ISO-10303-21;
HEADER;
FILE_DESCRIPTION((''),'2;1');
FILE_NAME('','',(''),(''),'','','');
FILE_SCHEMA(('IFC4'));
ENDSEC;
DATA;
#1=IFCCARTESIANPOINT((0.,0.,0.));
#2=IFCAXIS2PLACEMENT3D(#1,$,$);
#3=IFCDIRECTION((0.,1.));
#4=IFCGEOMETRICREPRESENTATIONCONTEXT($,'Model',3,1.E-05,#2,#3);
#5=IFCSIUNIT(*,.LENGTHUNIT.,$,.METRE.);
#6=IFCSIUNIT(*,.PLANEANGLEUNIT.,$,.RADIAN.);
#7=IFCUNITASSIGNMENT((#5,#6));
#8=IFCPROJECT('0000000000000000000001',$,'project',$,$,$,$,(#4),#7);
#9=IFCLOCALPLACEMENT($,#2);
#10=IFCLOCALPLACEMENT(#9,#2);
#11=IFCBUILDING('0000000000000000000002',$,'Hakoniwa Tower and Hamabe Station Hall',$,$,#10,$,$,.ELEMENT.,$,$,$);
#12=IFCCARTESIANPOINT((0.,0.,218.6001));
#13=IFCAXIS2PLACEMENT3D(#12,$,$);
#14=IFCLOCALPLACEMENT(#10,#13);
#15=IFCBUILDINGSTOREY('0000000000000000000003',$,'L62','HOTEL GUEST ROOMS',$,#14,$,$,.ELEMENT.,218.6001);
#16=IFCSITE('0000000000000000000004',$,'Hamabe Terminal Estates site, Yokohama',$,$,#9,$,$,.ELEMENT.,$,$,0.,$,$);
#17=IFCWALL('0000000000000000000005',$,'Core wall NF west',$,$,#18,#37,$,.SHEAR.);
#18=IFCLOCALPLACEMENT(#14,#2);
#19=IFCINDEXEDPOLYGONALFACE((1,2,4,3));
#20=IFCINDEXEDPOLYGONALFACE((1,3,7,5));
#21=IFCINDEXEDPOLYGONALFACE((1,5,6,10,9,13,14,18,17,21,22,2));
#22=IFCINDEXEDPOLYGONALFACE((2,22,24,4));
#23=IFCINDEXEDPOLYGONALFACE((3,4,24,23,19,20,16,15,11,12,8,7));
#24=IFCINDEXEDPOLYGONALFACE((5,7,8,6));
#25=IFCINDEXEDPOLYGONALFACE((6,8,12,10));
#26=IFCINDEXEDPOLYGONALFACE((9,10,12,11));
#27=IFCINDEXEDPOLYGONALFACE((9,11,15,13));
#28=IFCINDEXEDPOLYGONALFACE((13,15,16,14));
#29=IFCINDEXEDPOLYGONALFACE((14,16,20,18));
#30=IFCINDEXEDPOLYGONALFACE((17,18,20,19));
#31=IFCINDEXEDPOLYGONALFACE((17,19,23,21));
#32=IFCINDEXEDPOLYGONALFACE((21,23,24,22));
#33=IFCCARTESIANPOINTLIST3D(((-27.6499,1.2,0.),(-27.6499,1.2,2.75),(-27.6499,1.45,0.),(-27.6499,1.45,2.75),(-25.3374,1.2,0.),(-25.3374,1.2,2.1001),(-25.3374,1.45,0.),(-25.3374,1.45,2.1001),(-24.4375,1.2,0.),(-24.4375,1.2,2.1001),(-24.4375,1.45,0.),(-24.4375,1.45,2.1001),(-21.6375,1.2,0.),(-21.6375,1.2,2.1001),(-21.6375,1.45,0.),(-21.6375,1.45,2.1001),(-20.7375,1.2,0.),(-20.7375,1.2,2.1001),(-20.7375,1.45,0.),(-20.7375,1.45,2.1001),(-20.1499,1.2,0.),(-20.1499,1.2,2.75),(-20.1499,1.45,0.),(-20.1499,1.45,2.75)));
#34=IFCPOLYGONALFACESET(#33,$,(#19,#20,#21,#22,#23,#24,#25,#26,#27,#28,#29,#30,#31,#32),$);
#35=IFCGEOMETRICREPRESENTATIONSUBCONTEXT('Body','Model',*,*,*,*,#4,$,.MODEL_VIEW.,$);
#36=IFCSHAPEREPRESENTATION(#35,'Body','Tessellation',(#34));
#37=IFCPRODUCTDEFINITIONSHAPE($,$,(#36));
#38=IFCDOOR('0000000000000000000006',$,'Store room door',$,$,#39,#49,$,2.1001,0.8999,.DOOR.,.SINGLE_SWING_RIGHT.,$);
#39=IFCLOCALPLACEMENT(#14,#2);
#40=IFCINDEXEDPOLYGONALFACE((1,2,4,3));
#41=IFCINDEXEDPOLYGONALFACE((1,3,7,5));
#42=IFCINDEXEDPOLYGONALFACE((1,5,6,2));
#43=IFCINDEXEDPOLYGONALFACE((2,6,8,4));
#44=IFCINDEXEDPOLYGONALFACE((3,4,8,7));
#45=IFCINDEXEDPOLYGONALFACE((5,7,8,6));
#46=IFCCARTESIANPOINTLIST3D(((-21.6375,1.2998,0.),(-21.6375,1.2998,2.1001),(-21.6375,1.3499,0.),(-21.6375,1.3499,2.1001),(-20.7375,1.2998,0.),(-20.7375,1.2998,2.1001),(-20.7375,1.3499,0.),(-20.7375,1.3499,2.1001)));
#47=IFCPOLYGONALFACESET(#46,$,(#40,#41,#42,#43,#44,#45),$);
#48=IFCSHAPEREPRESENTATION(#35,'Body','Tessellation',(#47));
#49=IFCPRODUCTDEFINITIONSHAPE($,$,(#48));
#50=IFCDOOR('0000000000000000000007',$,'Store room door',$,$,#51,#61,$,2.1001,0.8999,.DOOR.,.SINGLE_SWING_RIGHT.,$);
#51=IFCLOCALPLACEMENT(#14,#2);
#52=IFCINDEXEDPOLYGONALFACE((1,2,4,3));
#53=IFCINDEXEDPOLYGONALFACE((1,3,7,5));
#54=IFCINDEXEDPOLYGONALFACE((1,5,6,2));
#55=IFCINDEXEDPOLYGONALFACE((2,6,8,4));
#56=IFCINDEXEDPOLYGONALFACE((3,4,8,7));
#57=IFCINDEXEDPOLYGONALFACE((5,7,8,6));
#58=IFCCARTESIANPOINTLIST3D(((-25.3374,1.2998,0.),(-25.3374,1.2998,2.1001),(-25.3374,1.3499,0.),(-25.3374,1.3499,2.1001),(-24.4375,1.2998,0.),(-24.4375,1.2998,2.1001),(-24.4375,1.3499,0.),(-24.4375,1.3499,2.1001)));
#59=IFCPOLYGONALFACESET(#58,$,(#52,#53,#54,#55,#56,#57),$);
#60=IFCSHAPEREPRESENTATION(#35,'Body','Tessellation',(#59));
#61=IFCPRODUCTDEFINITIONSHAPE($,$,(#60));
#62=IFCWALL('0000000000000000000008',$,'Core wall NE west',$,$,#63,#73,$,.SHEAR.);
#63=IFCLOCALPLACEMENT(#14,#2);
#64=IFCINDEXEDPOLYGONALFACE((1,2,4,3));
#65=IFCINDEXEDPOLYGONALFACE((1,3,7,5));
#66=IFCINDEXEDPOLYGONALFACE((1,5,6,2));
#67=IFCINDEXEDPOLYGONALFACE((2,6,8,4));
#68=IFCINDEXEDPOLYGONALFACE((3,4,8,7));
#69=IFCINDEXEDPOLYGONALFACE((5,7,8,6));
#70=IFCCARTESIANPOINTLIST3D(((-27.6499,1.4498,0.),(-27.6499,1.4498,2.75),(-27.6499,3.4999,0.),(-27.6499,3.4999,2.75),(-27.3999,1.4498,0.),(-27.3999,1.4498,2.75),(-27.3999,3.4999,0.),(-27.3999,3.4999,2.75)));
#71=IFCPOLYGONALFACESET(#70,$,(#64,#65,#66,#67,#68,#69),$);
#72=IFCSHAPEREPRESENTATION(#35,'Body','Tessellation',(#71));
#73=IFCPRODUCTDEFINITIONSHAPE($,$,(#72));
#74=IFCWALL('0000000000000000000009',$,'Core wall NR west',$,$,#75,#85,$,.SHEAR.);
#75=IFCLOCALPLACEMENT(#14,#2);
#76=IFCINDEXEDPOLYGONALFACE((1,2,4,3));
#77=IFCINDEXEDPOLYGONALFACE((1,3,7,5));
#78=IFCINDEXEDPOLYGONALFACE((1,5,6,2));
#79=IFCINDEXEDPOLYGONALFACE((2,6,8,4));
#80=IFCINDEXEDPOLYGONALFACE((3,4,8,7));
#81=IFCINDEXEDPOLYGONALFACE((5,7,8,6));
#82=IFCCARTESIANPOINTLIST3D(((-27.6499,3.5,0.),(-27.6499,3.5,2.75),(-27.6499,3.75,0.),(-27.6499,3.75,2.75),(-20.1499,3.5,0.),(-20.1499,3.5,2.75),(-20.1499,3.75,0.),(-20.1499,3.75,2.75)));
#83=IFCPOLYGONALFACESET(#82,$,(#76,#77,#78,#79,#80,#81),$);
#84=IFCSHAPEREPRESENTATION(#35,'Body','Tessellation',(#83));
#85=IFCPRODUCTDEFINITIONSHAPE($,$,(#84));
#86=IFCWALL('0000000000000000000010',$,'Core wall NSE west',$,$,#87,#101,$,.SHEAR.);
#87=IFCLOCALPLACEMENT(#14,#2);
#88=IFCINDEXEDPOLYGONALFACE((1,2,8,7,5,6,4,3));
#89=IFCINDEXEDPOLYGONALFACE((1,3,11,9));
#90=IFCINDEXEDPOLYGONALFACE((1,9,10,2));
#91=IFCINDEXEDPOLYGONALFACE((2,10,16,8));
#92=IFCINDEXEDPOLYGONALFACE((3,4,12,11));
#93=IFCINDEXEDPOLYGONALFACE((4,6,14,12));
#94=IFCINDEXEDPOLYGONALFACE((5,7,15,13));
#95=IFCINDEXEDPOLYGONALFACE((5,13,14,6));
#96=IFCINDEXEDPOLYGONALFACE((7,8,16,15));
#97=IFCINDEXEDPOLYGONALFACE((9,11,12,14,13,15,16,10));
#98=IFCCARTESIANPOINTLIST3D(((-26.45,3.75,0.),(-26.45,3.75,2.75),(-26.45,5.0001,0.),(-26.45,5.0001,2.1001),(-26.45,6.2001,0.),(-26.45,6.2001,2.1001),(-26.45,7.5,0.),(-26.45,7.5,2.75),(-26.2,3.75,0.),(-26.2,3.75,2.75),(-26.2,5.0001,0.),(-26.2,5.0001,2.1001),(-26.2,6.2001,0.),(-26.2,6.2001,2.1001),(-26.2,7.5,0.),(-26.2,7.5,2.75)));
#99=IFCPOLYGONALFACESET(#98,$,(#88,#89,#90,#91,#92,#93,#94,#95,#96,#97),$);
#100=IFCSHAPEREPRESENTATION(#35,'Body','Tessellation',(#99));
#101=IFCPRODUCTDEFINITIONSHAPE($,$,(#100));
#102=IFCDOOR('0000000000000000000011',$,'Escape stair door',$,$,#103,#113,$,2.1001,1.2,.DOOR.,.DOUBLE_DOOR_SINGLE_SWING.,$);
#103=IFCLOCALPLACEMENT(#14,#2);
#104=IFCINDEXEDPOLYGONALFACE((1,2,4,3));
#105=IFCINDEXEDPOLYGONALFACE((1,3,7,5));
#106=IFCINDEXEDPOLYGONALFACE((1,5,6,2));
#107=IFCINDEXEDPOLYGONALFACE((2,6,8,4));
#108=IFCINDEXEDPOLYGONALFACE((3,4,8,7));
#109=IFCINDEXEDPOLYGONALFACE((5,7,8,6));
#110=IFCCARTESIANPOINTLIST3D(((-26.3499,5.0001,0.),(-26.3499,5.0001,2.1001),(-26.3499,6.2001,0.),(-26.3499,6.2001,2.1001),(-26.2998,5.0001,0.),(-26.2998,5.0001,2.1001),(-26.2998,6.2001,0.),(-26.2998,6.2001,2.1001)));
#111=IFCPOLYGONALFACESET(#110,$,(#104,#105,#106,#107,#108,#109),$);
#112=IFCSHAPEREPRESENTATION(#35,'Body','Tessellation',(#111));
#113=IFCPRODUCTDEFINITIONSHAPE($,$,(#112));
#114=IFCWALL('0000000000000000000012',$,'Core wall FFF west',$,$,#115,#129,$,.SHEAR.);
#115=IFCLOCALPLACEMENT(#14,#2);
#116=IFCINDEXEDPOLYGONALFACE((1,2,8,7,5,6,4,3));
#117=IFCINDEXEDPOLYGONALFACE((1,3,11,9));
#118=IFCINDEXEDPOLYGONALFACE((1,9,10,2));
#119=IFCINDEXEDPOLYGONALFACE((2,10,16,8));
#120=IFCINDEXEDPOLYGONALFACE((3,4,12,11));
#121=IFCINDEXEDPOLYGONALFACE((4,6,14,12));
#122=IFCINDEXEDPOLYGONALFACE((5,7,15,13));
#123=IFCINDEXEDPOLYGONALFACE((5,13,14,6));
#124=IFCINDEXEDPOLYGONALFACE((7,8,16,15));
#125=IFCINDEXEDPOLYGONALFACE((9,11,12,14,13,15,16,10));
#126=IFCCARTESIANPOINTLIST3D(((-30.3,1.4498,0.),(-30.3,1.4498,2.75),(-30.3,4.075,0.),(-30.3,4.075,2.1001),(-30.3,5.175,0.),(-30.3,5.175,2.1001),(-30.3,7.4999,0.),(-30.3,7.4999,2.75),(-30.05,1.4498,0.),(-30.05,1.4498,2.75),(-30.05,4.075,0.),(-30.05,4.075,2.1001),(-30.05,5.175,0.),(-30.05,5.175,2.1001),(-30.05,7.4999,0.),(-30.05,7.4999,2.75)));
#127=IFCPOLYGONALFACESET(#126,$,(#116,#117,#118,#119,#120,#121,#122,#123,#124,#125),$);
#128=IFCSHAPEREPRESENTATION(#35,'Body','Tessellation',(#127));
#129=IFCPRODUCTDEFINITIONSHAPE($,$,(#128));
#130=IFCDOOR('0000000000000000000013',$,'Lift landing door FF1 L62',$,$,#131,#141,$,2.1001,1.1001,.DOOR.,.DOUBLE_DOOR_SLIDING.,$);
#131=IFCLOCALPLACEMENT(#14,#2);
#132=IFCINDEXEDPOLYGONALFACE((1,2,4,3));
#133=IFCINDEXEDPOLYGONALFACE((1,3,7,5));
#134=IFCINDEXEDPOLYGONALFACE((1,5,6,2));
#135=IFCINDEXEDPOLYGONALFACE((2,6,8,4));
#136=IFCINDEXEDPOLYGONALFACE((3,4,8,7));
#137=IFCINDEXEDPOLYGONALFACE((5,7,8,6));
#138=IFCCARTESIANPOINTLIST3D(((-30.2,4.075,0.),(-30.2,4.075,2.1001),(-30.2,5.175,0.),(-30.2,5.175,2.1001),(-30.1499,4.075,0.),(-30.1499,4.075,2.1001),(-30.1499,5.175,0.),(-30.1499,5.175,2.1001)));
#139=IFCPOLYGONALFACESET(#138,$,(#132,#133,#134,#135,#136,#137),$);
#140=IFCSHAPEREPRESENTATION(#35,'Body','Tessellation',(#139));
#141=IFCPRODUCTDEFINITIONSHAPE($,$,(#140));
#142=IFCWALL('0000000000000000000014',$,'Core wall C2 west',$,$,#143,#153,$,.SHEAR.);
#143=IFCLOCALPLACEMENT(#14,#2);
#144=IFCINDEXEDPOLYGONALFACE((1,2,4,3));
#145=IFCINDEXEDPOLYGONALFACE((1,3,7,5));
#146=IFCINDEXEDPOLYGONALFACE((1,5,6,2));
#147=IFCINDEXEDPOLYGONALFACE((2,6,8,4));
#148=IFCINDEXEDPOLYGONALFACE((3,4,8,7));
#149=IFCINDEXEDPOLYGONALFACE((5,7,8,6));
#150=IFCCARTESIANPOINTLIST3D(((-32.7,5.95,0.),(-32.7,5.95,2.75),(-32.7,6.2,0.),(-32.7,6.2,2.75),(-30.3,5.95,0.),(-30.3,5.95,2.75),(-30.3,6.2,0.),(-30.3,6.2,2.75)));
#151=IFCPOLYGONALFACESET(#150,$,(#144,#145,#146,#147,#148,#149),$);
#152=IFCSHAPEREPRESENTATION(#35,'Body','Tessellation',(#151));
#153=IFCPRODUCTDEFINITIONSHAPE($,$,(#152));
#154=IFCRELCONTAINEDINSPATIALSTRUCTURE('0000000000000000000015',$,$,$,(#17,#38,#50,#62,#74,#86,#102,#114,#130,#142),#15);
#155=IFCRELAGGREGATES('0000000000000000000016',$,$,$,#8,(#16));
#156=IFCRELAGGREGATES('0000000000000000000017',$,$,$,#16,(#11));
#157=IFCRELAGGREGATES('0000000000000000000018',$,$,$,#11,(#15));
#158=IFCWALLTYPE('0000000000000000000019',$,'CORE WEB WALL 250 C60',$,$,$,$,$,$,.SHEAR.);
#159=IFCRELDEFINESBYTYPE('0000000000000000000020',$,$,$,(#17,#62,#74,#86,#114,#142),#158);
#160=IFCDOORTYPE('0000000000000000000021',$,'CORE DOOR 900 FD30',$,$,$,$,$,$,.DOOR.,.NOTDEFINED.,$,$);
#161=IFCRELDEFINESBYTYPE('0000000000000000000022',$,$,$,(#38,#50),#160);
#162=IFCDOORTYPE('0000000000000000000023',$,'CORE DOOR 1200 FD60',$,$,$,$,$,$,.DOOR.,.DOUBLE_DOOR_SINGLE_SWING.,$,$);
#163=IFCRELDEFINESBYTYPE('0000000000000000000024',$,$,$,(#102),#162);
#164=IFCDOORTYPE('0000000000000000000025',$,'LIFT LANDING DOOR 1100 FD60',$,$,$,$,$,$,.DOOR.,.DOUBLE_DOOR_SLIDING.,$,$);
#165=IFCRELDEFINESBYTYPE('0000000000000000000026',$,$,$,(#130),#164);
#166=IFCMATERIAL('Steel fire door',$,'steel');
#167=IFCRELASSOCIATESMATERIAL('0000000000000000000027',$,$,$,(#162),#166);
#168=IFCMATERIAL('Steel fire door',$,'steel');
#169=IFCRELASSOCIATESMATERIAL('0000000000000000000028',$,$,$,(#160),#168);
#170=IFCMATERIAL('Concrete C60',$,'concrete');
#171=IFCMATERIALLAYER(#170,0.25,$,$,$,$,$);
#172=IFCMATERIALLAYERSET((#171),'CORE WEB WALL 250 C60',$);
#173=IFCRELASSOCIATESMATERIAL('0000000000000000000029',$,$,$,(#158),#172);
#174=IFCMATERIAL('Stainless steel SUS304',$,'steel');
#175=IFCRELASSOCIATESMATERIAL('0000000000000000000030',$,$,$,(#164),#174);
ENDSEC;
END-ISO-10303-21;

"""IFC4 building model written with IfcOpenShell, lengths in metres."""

from ifc_helpers import new_model, si_unit, direction, frame, frame_2d, origin, place, context, subcontext, project, spatial, rectangle, extrude, material, layer, layer_set, type_object, element, fill, save


model = new_model("IFC4")

# Units and contexts
model_context = context("Model", 3, precision=1e-05, world=origin(), true_north=direction((0.0, 1.0)))
body_context = subcontext(model_context, "Body", "Model", "MODEL_VIEW")
ifc_project = project(units=[si_unit("LENGTHUNIT", "METRE"), si_unit("PLANEANGLEUNIT", "RADIAN")], contexts=[model_context])

# Site, building, storey
site_placement = place(None, origin())
site = spatial("IfcSite", under=ifc_project, at=site_placement, Name="Hamabe Terminal Estates site, Yokohama", CompositionType="ELEMENT", RefElevation=0.0)
building_placement = place(site_placement, origin())
building = spatial("IfcBuilding", under=site, at=building_placement, Name="Hakoniwa Tower and Hamabe Station Hall", CompositionType="ELEMENT")
storey_placement = place(building_placement, frame((0.0, 0.0, 218.6001)))
storey = spatial("IfcBuildingStorey", under=building, at=storey_placement, Name="L62", Description="HOTEL GUEST ROOMS", CompositionType="ELEMENT", Elevation=218.6001)

# Shared definitions
ifc_material_1 = material(Name="Steel fire door", Category="steel")
door_type_1 = type_object("IfcDoorType", Name="CORE DOOR 1200 FD60", OperationType="DOUBLE_DOOR_SINGLE_SWING", PredefinedType="DOOR", material=ifc_material_1)
ifc_material_2 = material(Name="Steel fire door", Category="steel")
door_type_2 = type_object("IfcDoorType", Name="CORE DOOR 900 FD30", OperationType="NOTDEFINED", PredefinedType="DOOR", material=ifc_material_2)

# Wall, openings, doors
ifc_material_3 = material(Name="Concrete C60", Category="concrete")
ifc_layer_1 = layer(ifc_material_3, 0.25)
ifc_layer_set_1 = layer_set([ifc_layer_1], Name="CORE WEB WALL 250 C60")
wall_type_1 = type_object("IfcWallType", Name="CORE WEB WALL 250 C60", PredefinedType="SHEAR", material=ifc_layer_set_1)
wall_1_placement = place(storey_placement, frame((-27.6499, 1.325, 0.0), z_axis=(0.0, 0.0, 1.0), x_axis=(1.0, 0.0, 0.0)))
wall_1 = element("IfcWall", 1, at=wall_1_placement, inside=storey, type_object=wall_type_1, Name="Core wall NF west", PredefinedType="SHEAR", context=body_context, shape_type="SweptSolid", body=[
    extrude(rectangle(XDim=7.5, YDim=0.25, at=frame_2d((3.75, 0.0))), origin(), (0.0, 0.0, 1.0), 2.75),
])
opening_1_placement = place(wall_1_placement, frame((6.0125, 0.0, 0.0)))
opening_1 = element("IfcOpeningElement", 2, at=opening_1_placement, cuts=wall_1, PredefinedType="OPENING", context=body_context, shape_type="SweptSolid", body=[
    extrude(rectangle(XDim=0.8999, YDim=2.1001, at=frame_2d((0.45, 1.05))), frame((0.0, 0.135, 0.0), z_axis=(0.0, -1.0, 0.0), x_axis=(1.0, 0.0, 0.0)), (0.0, 0.0, 1.0), 0.27),
])
opening_2_placement = place(wall_1_placement, frame((2.3125, 0.0, 0.0)))
opening_2 = element("IfcOpeningElement", 3, at=opening_2_placement, cuts=wall_1, PredefinedType="OPENING", context=body_context, shape_type="SweptSolid", body=[
    extrude(rectangle(XDim=0.8999, YDim=2.1001, at=frame_2d((0.45, 1.05))), frame((0.0, 0.135, 0.0), z_axis=(0.0, -1.0, 0.0), x_axis=(1.0, 0.0, 0.0)), (0.0, 0.0, 1.0), 0.27),
])
door_1_placement = place(opening_1_placement, origin())
door_1 = element("IfcDoor", 4, at=door_1_placement, inside=storey, type_object=door_type_2, Name="Store room door", OperationType="SINGLE_SWING_RIGHT", OverallHeight=2.1001, OverallWidth=0.8999, PredefinedType="DOOR", context=body_context, shape_type="SweptSolid", body=[
    extrude(rectangle(XDim=0.8999, YDim=2.1001, at=frame_2d((0.45, 1.05))), frame((0.0, 0.0249, 0.0), z_axis=(0.0, -1.0, 0.0), x_axis=(1.0, 0.0, 0.0)), (0.0, 0.0, 1.0), 0.05),
])
fill(opening_1, door_1)
door_2_placement = place(opening_2_placement, origin())
door_2 = element("IfcDoor", 5, at=door_2_placement, inside=storey, type_object=door_type_2, Name="Store room door", OperationType="SINGLE_SWING_RIGHT", OverallHeight=2.1001, OverallWidth=0.8999, PredefinedType="DOOR", context=body_context, shape_type="SweptSolid", body=[
    extrude(rectangle(XDim=0.8999, YDim=2.1001, at=frame_2d((0.45, 1.05))), frame((0.0, 0.0249, 0.0), z_axis=(0.0, -1.0, 0.0), x_axis=(1.0, 0.0, 0.0)), (0.0, 0.0, 1.0), 0.05),
])
fill(opening_2, door_2)

# Walls
wall_2_placement = place(storey_placement, frame((-27.5249, 1.45, 0.0), z_axis=(0.0, 0.0, 1.0), x_axis=(0.0, 1.0, 0.0)))
element("IfcWall", 6, at=wall_2_placement, inside=storey, type_object=wall_type_1, Name="Core wall NE west", PredefinedType="SHEAR", context=body_context, shape_type="SweptSolid", body=[
    extrude(rectangle(XDim=2.05, YDim=0.25, at=frame_2d((1.0249, 0.0))), origin(), (0.0, 0.0, 1.0), 2.75),
])
wall_3_placement = place(storey_placement, frame((-27.6499, 3.625, 0.0), z_axis=(0.0, 0.0, 1.0), x_axis=(1.0, 0.0, 0.0)))
element("IfcWall", 7, at=wall_3_placement, inside=storey, type_object=wall_type_1, Name="Core wall NR west", PredefinedType="SHEAR", context=body_context, shape_type="SweptSolid", body=[
    extrude(rectangle(XDim=7.5, YDim=0.25, at=frame_2d((3.75, 0.0))), origin(), (0.0, 0.0, 1.0), 2.75),
])

# Walls, openings, doors
wall_4_placement = place(storey_placement, frame((-26.325, 3.75, 0.0), z_axis=(0.0, 0.0, 1.0), x_axis=(0.0, 1.0, 0.0)))
wall_4 = element("IfcWall", 8, at=wall_4_placement, inside=storey, type_object=wall_type_1, Name="Core wall NSE west", PredefinedType="SHEAR", context=body_context, shape_type="SweptSolid", body=[
    extrude(rectangle(XDim=3.75, YDim=0.25, at=frame_2d((1.875, 0.0))), origin(), (0.0, 0.0, 1.0), 2.75),
])
opening_3_placement = place(wall_4_placement, frame((1.25, 0.0, 0.0)))
opening_3 = element("IfcOpeningElement", 9, at=opening_3_placement, cuts=wall_4, PredefinedType="OPENING", context=body_context, shape_type="SweptSolid", body=[
    extrude(rectangle(XDim=1.2, YDim=2.1001, at=frame_2d((0.6001, 1.05))), frame((0.0, 0.135, 0.0), z_axis=(0.0, -1.0, 0.0), x_axis=(1.0, 0.0, 0.0)), (0.0, 0.0, 1.0), 0.27),
])
door_3_placement = place(opening_3_placement, origin())
door_3 = element("IfcDoor", 10, at=door_3_placement, inside=storey, type_object=door_type_1, Name="Escape stair door", OperationType="DOUBLE_DOOR_SINGLE_SWING", OverallHeight=2.1001, OverallWidth=1.2, PredefinedType="DOOR", context=body_context, shape_type="SweptSolid", body=[
    extrude(rectangle(XDim=1.2, YDim=2.1001, at=frame_2d((0.6001, 1.05))), frame((0.0, 0.0249, 0.0), z_axis=(0.0, -1.0, 0.0), x_axis=(1.0, 0.0, 0.0)), (0.0, 0.0, 1.0), 0.05),
])
fill(opening_3, door_3)
wall_5_placement = place(storey_placement, frame((-30.175, 1.45, 0.0), z_axis=(0.0, 0.0, 1.0), x_axis=(0.0, 1.0, 0.0)))
wall_5 = element("IfcWall", 11, at=wall_5_placement, inside=storey, type_object=wall_type_1, Name="Core wall FFF west", PredefinedType="SHEAR", context=body_context, shape_type="SweptSolid", body=[
    extrude(rectangle(XDim=6.05, YDim=0.25, at=frame_2d((3.0249, 0.0))), origin(), (0.0, 0.0, 1.0), 2.75),
])
opening_4_placement = place(wall_5_placement, frame((2.625, 0.0, 0.0)))
opening_4 = element("IfcOpeningElement", 12, at=opening_4_placement, cuts=wall_5, PredefinedType="OPENING", context=body_context, shape_type="SweptSolid", body=[
    extrude(rectangle(XDim=1.1001, YDim=2.1001, at=frame_2d((0.55, 1.05))), frame((0.0, 0.135, 0.0), z_axis=(0.0, -1.0, 0.0), x_axis=(1.0, 0.0, 0.0)), (0.0, 0.0, 1.0), 0.27),
])
ifc_material_4 = material(Name="Stainless steel SUS304", Category="steel")
door_type_3 = type_object("IfcDoorType", Name="LIFT LANDING DOOR 1100 FD60", OperationType="DOUBLE_DOOR_SLIDING", PredefinedType="DOOR", material=ifc_material_4)
door_4_placement = place(opening_4_placement, origin())
door_4 = element("IfcDoor", 13, at=door_4_placement, inside=storey, type_object=door_type_3, Name="Lift landing door FF1 L62", OperationType="DOUBLE_DOOR_SLIDING", OverallHeight=2.1001, OverallWidth=1.1001, PredefinedType="DOOR", context=body_context, shape_type="SweptSolid", body=[
    extrude(rectangle(XDim=1.1001, YDim=2.1001, at=frame_2d((0.55, 1.05))), frame((0.0, 0.0249, 0.0), z_axis=(0.0, -1.0, 0.0), x_axis=(1.0, 0.0, 0.0)), (0.0, 0.0, 1.0), 0.05),
])
fill(opening_4, door_4)

# Wall
wall_6_placement = place(storey_placement, frame((-32.7, 6.075, 0.0), z_axis=(0.0, 0.0, 1.0), x_axis=(1.0, 0.0, 0.0)))
element("IfcWall", 14, at=wall_6_placement, inside=storey, type_object=wall_type_1, Name="Core wall C2 west", PredefinedType="SHEAR", context=body_context, shape_type="SweptSolid", body=[
    extrude(rectangle(XDim=2.3999, YDim=0.25, at=frame_2d((1.2, 0.0))), origin(), (0.0, 0.0, 1.0), 2.75),
])

save(model, "model.ifc")
